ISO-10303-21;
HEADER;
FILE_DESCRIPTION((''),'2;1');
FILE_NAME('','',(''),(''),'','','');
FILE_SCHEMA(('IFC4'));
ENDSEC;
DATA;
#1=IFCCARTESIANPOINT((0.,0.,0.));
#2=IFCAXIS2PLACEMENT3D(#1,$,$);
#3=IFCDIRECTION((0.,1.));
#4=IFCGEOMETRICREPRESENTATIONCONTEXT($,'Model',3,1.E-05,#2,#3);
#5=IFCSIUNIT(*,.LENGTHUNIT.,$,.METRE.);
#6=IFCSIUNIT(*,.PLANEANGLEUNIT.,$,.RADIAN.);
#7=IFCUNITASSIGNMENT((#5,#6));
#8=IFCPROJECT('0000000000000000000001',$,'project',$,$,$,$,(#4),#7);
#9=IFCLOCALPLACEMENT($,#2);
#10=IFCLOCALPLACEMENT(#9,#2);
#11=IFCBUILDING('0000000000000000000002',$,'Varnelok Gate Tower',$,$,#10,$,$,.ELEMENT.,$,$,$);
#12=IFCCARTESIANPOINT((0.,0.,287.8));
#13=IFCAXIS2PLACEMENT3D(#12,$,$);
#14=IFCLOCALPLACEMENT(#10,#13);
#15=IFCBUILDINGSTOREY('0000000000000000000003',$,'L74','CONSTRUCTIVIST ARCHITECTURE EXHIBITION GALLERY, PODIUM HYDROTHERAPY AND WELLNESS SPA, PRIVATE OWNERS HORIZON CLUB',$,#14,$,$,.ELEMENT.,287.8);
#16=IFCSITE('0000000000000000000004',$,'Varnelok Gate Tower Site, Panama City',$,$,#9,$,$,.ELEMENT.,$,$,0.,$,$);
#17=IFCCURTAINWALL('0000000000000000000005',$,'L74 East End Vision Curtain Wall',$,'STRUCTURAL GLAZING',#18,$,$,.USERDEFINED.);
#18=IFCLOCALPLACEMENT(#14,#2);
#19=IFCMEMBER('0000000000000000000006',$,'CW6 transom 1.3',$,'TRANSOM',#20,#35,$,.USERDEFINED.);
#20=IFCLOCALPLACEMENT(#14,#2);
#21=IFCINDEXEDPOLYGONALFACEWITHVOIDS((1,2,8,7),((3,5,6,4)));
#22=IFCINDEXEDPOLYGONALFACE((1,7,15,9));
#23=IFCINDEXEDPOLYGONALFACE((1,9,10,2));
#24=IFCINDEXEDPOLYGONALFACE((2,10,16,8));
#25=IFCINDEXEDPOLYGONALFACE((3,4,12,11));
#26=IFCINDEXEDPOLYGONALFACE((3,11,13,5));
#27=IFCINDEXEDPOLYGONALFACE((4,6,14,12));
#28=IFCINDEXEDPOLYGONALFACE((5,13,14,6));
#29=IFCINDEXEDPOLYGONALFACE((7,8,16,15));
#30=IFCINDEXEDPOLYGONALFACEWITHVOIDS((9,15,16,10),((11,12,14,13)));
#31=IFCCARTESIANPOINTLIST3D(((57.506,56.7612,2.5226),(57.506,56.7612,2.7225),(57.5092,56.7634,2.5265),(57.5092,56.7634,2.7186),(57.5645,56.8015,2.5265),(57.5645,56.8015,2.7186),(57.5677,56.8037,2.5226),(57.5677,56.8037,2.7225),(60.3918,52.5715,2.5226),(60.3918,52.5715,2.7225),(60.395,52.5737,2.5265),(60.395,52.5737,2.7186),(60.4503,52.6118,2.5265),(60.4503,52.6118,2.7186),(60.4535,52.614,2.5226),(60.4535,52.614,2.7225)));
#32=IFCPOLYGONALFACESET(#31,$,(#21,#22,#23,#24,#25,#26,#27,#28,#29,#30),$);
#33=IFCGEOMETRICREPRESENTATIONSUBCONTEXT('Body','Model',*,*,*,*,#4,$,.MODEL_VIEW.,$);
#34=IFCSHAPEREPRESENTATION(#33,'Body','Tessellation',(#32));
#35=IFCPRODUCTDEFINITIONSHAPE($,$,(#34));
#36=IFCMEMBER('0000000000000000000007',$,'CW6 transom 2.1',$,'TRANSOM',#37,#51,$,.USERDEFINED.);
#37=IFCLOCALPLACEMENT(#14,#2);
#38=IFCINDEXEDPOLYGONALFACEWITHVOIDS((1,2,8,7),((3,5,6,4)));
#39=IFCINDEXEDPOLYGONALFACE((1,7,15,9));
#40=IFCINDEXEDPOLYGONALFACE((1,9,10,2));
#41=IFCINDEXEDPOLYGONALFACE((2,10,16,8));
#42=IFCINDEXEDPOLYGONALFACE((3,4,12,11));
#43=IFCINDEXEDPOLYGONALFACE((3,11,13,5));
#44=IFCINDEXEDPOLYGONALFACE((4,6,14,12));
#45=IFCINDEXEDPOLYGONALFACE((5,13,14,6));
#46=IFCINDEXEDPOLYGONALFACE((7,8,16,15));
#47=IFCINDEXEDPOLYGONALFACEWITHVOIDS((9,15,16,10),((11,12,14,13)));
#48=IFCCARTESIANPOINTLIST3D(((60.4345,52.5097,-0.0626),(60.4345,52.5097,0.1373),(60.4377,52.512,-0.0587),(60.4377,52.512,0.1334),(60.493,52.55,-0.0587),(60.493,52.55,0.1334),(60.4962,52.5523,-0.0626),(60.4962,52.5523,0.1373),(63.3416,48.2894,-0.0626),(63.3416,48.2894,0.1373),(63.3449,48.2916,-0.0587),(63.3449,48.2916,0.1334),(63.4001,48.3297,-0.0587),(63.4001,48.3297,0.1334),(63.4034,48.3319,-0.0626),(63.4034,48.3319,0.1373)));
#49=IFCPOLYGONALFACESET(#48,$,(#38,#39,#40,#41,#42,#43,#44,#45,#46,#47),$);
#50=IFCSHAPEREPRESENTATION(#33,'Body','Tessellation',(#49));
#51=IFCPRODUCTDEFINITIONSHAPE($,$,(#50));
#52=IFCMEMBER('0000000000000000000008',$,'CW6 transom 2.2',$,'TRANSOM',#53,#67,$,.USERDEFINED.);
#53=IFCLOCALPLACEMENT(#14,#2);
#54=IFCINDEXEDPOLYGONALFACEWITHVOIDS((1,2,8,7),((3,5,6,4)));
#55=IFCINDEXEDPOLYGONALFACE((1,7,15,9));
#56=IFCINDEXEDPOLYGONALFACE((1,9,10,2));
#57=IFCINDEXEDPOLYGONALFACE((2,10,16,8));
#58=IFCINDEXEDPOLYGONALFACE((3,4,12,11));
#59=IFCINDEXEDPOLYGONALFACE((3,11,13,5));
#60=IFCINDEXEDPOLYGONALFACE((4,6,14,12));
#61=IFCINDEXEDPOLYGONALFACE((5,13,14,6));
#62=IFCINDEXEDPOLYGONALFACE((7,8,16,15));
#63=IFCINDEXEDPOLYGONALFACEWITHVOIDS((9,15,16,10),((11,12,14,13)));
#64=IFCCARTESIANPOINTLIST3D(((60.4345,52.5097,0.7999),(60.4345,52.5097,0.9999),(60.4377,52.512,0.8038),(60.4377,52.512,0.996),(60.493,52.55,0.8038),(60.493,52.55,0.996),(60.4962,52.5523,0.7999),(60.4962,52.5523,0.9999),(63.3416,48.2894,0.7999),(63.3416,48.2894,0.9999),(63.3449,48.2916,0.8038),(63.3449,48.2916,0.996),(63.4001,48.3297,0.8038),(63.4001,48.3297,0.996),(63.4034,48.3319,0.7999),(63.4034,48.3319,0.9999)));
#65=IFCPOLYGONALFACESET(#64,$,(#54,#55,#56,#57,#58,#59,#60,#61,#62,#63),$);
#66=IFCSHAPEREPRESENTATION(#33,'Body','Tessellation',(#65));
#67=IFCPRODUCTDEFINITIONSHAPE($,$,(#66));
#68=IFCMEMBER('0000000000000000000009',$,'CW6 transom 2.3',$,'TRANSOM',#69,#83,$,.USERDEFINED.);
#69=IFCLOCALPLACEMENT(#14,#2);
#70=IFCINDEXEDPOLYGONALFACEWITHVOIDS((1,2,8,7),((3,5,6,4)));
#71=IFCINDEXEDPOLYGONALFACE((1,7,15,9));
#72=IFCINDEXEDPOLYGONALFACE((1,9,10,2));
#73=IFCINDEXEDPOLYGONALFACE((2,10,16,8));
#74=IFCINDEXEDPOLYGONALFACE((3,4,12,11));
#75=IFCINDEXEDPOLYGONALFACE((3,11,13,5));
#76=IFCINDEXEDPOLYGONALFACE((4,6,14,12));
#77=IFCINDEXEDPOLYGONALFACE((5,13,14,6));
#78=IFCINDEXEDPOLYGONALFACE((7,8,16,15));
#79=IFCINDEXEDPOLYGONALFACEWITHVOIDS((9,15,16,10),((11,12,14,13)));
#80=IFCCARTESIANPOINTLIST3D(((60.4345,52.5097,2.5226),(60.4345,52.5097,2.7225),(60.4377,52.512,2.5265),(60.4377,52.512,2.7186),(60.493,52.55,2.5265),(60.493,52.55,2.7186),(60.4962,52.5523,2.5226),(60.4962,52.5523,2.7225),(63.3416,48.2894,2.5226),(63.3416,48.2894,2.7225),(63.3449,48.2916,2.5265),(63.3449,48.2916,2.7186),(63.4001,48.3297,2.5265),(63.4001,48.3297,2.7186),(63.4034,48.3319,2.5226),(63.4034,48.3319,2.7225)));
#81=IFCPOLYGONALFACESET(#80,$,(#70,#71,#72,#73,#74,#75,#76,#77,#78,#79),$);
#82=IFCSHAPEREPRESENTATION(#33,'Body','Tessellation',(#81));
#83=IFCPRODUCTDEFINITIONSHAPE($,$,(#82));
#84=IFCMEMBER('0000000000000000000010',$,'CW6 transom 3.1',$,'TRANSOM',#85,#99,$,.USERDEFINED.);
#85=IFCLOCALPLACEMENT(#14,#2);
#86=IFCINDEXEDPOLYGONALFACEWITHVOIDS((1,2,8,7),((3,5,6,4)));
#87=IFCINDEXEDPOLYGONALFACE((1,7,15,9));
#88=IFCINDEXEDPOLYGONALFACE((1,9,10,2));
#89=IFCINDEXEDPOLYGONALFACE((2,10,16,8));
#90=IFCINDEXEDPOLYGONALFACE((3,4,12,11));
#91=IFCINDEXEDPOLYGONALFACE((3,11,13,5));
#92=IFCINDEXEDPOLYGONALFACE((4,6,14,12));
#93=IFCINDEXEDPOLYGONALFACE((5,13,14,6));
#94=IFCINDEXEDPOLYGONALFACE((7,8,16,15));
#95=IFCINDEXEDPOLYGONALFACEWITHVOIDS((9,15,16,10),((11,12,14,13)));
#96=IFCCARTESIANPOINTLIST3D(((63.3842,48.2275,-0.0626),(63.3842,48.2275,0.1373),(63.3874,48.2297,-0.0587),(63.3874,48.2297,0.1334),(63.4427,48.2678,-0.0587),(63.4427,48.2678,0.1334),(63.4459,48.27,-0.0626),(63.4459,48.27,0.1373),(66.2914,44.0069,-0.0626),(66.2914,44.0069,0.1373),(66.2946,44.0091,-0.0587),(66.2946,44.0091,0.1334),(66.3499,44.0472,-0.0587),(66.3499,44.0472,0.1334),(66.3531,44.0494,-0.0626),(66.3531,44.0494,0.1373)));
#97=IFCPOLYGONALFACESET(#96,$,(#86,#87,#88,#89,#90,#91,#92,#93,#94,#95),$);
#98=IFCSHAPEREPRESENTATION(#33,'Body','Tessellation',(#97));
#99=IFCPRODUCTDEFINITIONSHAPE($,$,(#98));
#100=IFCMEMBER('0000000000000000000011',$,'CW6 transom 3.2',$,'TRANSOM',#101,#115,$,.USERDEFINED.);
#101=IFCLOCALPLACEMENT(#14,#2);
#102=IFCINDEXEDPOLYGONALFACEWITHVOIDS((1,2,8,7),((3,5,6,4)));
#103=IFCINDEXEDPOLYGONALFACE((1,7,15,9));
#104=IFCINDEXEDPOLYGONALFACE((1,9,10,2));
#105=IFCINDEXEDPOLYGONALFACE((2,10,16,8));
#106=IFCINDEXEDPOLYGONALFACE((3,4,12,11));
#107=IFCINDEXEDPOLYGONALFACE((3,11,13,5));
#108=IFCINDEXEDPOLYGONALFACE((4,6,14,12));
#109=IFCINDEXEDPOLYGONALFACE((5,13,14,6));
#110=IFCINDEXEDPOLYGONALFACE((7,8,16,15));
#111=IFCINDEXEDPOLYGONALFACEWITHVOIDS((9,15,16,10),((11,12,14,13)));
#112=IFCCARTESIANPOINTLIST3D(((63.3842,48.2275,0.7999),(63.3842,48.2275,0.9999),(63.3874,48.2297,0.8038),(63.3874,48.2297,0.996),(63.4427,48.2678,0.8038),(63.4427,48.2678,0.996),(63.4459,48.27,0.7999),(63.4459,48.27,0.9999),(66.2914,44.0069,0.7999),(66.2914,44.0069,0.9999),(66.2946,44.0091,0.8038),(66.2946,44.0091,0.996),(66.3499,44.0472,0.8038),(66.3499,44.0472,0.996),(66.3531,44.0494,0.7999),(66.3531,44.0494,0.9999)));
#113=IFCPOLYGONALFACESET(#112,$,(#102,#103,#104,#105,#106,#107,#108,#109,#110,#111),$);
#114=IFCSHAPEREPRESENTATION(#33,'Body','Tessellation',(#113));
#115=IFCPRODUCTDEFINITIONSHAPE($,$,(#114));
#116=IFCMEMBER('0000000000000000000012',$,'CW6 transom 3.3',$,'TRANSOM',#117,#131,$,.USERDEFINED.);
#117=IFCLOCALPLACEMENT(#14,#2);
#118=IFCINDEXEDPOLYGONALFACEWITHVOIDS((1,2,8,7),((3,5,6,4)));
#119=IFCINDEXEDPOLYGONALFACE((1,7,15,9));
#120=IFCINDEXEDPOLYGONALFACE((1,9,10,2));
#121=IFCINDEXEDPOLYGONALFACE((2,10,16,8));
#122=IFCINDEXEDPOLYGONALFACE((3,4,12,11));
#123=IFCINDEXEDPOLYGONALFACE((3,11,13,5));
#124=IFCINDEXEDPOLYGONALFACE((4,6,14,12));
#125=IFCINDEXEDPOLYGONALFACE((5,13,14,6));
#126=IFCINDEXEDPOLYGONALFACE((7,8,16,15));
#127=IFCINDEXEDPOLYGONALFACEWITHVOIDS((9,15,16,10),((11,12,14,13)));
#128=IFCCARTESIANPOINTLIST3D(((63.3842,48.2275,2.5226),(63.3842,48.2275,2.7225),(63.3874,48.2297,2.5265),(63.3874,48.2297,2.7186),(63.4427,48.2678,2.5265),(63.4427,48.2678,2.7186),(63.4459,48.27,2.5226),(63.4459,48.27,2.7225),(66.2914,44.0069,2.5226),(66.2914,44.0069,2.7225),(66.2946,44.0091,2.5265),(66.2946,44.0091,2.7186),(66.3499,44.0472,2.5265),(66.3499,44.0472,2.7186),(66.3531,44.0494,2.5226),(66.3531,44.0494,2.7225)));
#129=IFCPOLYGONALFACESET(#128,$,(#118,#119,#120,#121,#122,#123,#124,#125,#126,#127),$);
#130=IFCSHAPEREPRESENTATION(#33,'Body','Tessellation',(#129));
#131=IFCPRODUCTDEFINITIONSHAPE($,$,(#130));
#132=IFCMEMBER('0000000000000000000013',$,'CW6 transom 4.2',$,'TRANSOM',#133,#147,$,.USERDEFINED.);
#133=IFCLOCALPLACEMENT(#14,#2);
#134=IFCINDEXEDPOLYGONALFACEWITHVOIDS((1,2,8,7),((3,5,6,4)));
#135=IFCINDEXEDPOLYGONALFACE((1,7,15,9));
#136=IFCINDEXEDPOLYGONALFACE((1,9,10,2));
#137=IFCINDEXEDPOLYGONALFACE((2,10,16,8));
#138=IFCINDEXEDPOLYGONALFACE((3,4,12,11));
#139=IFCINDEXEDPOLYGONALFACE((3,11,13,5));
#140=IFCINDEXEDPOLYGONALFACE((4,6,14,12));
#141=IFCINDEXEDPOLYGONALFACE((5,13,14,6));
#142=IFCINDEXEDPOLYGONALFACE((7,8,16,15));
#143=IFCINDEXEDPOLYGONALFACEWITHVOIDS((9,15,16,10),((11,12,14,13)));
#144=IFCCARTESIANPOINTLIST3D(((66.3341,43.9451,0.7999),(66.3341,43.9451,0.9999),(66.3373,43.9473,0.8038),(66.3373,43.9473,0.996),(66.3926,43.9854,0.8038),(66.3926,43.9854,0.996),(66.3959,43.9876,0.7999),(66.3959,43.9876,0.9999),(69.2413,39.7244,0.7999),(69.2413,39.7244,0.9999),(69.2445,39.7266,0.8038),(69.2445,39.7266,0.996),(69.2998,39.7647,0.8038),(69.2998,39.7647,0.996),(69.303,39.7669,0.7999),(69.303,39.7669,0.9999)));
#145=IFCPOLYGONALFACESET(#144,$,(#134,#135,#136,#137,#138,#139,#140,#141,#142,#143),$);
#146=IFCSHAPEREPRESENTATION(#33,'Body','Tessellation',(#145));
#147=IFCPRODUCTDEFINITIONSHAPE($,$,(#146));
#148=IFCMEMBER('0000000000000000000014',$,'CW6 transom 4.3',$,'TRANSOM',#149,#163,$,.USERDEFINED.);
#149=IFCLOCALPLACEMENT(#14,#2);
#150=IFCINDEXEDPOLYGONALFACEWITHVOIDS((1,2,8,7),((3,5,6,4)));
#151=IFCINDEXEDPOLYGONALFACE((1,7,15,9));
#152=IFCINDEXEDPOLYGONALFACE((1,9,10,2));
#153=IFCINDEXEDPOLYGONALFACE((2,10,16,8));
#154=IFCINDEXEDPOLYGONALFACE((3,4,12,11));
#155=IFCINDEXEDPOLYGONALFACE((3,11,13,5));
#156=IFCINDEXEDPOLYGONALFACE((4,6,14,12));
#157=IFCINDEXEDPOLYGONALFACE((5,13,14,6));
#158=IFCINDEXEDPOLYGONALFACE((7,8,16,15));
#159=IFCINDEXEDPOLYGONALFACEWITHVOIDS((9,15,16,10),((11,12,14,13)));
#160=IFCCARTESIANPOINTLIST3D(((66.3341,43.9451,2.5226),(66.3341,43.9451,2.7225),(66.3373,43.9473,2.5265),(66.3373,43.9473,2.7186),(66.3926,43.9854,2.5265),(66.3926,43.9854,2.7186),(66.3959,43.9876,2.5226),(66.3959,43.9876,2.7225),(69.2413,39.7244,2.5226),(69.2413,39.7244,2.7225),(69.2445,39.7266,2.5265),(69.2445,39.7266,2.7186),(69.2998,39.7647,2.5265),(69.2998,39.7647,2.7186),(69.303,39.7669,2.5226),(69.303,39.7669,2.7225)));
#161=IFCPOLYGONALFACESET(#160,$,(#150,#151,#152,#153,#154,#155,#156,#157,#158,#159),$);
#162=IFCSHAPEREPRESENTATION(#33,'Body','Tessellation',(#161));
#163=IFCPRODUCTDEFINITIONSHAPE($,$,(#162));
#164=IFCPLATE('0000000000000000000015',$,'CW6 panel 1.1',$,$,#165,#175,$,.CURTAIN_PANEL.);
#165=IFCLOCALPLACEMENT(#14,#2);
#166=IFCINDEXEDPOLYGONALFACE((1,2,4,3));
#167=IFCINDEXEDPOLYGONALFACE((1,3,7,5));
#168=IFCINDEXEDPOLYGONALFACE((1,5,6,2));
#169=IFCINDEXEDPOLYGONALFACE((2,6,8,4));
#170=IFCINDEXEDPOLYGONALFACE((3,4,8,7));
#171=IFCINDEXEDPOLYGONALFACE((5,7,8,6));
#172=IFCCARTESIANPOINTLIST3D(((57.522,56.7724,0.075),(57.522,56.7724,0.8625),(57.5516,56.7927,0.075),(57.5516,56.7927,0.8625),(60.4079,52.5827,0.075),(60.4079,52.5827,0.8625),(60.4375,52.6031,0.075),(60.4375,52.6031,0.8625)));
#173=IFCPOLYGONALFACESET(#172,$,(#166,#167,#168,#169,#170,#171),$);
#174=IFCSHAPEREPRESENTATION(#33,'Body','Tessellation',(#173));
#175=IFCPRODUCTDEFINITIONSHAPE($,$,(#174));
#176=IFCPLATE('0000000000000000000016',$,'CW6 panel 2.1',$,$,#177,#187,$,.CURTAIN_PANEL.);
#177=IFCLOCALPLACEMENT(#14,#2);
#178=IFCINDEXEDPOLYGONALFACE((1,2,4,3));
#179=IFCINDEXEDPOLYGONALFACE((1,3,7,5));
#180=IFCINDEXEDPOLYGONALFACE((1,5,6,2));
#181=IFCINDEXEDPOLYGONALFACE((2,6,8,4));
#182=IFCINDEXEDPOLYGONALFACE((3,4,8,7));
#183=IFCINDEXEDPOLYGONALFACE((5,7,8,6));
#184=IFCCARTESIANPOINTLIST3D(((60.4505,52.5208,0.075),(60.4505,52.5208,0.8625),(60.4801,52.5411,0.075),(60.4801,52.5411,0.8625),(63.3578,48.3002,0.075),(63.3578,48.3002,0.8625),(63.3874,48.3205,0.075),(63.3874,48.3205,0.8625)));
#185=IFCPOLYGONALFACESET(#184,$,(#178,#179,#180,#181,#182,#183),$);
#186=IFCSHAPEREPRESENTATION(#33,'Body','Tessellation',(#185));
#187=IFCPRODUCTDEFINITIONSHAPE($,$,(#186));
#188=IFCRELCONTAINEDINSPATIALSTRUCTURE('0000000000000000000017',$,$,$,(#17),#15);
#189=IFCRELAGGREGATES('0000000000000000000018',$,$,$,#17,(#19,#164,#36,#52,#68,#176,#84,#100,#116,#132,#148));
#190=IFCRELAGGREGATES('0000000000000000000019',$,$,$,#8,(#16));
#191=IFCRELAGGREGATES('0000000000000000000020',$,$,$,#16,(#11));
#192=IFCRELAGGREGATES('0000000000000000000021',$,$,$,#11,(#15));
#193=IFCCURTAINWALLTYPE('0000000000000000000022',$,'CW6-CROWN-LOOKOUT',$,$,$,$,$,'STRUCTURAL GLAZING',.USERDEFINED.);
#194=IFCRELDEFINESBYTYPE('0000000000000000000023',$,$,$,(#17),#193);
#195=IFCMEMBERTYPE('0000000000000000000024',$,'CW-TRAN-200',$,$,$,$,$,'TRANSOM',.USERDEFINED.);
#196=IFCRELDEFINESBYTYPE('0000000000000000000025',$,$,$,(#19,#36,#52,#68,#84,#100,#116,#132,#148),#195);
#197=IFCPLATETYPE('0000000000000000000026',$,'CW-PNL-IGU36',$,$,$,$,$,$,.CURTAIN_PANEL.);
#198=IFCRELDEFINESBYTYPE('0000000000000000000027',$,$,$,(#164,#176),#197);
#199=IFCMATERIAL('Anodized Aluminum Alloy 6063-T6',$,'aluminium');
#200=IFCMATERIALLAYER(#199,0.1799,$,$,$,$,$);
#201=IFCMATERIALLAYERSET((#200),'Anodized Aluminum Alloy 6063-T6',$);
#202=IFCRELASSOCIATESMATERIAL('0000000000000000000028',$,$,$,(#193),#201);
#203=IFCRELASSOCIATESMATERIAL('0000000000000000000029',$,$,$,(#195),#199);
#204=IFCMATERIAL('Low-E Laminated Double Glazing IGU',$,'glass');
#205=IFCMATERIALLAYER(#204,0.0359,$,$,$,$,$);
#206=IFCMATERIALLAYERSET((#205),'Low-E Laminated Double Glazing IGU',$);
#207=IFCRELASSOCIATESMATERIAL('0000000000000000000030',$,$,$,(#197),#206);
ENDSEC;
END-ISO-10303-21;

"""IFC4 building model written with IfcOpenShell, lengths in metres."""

from ifc_helpers import new_model, si_unit, direction, frame, origin, origin_2d, place, context, subcontext, project, spatial, rectangle, hollow_rectangle, extrude, source, transform, mapped, material, layer, layer_set, material_profile, profile_set, type_object, element, aggregate, save


model = new_model("IFC4")

# Units and contexts
model_context = context("Model", 3, precision=1e-05, world=origin(), true_north=direction((0.0, 1.0)))
body_context = subcontext(model_context, "Body", "Model", "MODEL_VIEW")
ifc_project = project(units=[si_unit("LENGTHUNIT", "METRE"), si_unit("PLANEANGLEUNIT", "RADIAN")], contexts=[model_context])

# Site, building, storey
site_placement = place(None, origin())
site = spatial("IfcSite", under=ifc_project, at=site_placement, Name="Varnelok Gate Tower Site, Panama City", CompositionType="ELEMENT", RefElevation=0.0)
building_placement = place(site_placement, origin())
building = spatial("IfcBuilding", under=site, at=building_placement, Name="Varnelok Gate Tower", CompositionType="ELEMENT")
storey_placement = place(building_placement, frame((0.0, 0.0, 287.8)))
storey = spatial("IfcBuildingStorey", under=building, at=storey_placement, Name="L74", Description="CONSTRUCTIVIST ARCHITECTURE EXHIBITION GALLERY, PODIUM HYDROTHERAPY AND WELLNESS SPA, PRIVATE OWNERS HORIZON CLUB", CompositionType="ELEMENT", Elevation=287.8)

# Curtain wall, members, plates
ifc_material_1 = material(Name="Anodized Aluminum Alloy 6063-T6", Category="aluminium")
ifc_layer_1 = layer(ifc_material_1, 0.1799)
ifc_layer_set_1 = layer_set([ifc_layer_1], Name="Anodized Aluminum Alloy 6063-T6")
curtain_wall_type = type_object("IfcCurtainWallType", Name="CW6-CROWN-LOOKOUT", ElementType="STRUCTURAL GLAZING", PredefinedType="USERDEFINED", material=ifc_layer_set_1)
curtain_wall_placement = place(storey_placement, origin())
curtain_wall = element("IfcCurtainWall", 1, at=curtain_wall_placement, inside=storey, type_object=curtain_wall_type, Name="L74 East End Vision Curtain Wall", ObjectType="STRUCTURAL GLAZING", PredefinedType="USERDEFINED")
ifc_material_profile_1 = material_profile(ifc_material_1, hollow_rectangle(XDim=0.075, YDim=0.2, WallThickness=0.0039, at=origin_2d()), Name="ALU200X75X4")
ifc_profile_set_1 = profile_set([ifc_material_profile_1], Name="Anodized Aluminum Alloy 6063-T6")
member_type_1 = type_object("IfcMemberType", Name="CW-TRAN-200", ElementType="TRANSOM", PredefinedType="USERDEFINED", material=ifc_profile_set_1)
member_1_placement = place(storey_placement, frame((57.5369, 56.7825, 2.6226), z_axis=(0.567239, -0.823553, 0.0), x_axis=(0.823553, 0.567239, 0.0)))
member_1 = element("IfcMember", 2, at=member_1_placement, type_object=member_type_1, Name="CW6 transom 1.3", ObjectType="TRANSOM", PredefinedType="USERDEFINED", context=body_context, shape_type="SweptSolid", body=[
    extrude(hollow_rectangle(XDim=0.075, YDim=0.2, WallThickness=0.0039, at=origin_2d()), origin(), (0.0, 0.0, 1.0), 5.0874),
])
member_2_placement = place(storey_placement, frame((60.4653, 52.531, 0.0374), z_axis=(0.567279, -0.823526, 0.0), x_axis=(0.823526, 0.567279, 0.0)))
member_2 = element("IfcMember", 3, at=member_2_placement, type_object=member_type_1, Name="CW6 transom 2.1", ObjectType="TRANSOM", PredefinedType="USERDEFINED", context=body_context, shape_type="SweptSolid", body=[
    extrude(hollow_rectangle(XDim=0.075, YDim=0.2, WallThickness=0.0039, at=origin_2d()), origin(), (0.0, 0.0, 1.0), 5.1248),
])
member_3_placement = place(storey_placement, frame((60.4653, 52.531, 0.8999), z_axis=(0.567279, -0.823526, 0.0), x_axis=(0.823526, 0.567279, 0.0)))
member_3 = element("IfcMember", 4, at=member_3_placement, type_object=member_type_1, Name="CW6 transom 2.2", ObjectType="TRANSOM", PredefinedType="USERDEFINED", context=body_context, shape_type="SweptSolid", body=[
    extrude(hollow_rectangle(XDim=0.075, YDim=0.2, WallThickness=0.0039, at=origin_2d()), origin(), (0.0, 0.0, 1.0), 5.1248),
])
member_4_placement = place(storey_placement, frame((60.4653, 52.531, 2.6226), z_axis=(0.567279, -0.823526, 0.0), x_axis=(0.823526, 0.567279, 0.0)))
member_4 = element("IfcMember", 5, at=member_4_placement, type_object=member_type_1, Name="CW6 transom 2.3", ObjectType="TRANSOM", PredefinedType="USERDEFINED", context=body_context, shape_type="SweptSolid", body=[
    extrude(hollow_rectangle(XDim=0.075, YDim=0.2, WallThickness=0.0039, at=origin_2d()), origin(), (0.0, 0.0, 1.0), 5.1248),
])
member_5_placement = place(storey_placement, frame((63.415, 48.2488, 0.0374), z_axis=(0.567256, -0.823541, 0.0), x_axis=(0.823541, 0.567256, 0.0)))
member_5 = element("IfcMember", 6, at=member_5_placement, type_object=member_type_1, Name="CW6 transom 3.1", ObjectType="TRANSOM", PredefinedType="USERDEFINED", context=body_context, shape_type="SweptSolid", body=[
    extrude(hollow_rectangle(XDim=0.075, YDim=0.2, WallThickness=0.0039, at=origin_2d()), origin(), (0.0, 0.0, 1.0), 5.125),
])
member_6_placement = place(storey_placement, frame((63.415, 48.2488, 0.8999), z_axis=(0.567256, -0.823541, 0.0), x_axis=(0.823541, 0.567256, 0.0)))
member_6 = element("IfcMember", 7, at=member_6_placement, type_object=member_type_1, Name="CW6 transom 3.2", ObjectType="TRANSOM", PredefinedType="USERDEFINED", context=body_context, shape_type="SweptSolid", body=[
    extrude(hollow_rectangle(XDim=0.075, YDim=0.2, WallThickness=0.0039, at=origin_2d()), origin(), (0.0, 0.0, 1.0), 5.125),
])
member_7_placement = place(storey_placement, frame((63.415, 48.2488, 2.6226), z_axis=(0.567256, -0.823541, 0.0), x_axis=(0.823541, 0.567256, 0.0)))
member_7 = element("IfcMember", 8, at=member_7_placement, type_object=member_type_1, Name="CW6 transom 3.3", ObjectType="TRANSOM", PredefinedType="USERDEFINED", context=body_context, shape_type="SweptSolid", body=[
    extrude(hollow_rectangle(XDim=0.075, YDim=0.2, WallThickness=0.0039, at=origin_2d()), origin(), (0.0, 0.0, 1.0), 5.125),
])
member_8_placement = place(storey_placement, frame((66.365, 43.9663, 0.8999), z_axis=(0.567256, -0.823541, 0.0), x_axis=(0.823541, 0.567256, 0.0)))
member_8 = element("IfcMember", 9, at=member_8_placement, type_object=member_type_1, Name="CW6 transom 4.2", ObjectType="TRANSOM", PredefinedType="USERDEFINED", context=body_context, shape_type="SweptSolid", body=[
    extrude(hollow_rectangle(XDim=0.075, YDim=0.2, WallThickness=0.0039, at=origin_2d()), origin(), (0.0, 0.0, 1.0), 5.125),
])
member_9_placement = place(storey_placement, frame((66.365, 43.9663, 2.6226), z_axis=(0.567256, -0.823541, 0.0), x_axis=(0.823541, 0.567256, 0.0)))
member_9 = element("IfcMember", 10, at=member_9_placement, type_object=member_type_1, Name="CW6 transom 4.3", ObjectType="TRANSOM", PredefinedType="USERDEFINED", context=body_context, shape_type="SweptSolid", body=[
    extrude(hollow_rectangle(XDim=0.075, YDim=0.2, WallThickness=0.0039, at=origin_2d()), origin(), (0.0, 0.0, 1.0), 5.125),
])
ifc_material_2 = material(Name="Low-E Laminated Double Glazing IGU", Category="glass")
ifc_layer_2 = layer(ifc_material_2, 0.0359)
ifc_layer_set_2 = layer_set([ifc_layer_2], Name="Low-E Laminated Double Glazing IGU")
plate_type = type_object("IfcPlateType", Name="CW-PNL-IGU36", PredefinedType="CURTAIN_PANEL", material=ifc_layer_set_2)
shared_shape_1 = source(origin(), body_context, "Body", "SweptSolid", [
    extrude(rectangle(XDim=5.0874, YDim=0.0359, at=origin_2d()), origin(), (0.0, 0.0, 1.0), 0.7876),
])
plate_1_placement = place(storey_placement, frame((58.9797, 54.6877, 0.075), z_axis=(0.0, 0.0, 1.0), x_axis=(0.567269, -0.823532, 0.0)))
plate_1 = element("IfcPlate", 11, at=plate_1_placement, type_object=plate_type, Name="CW6 panel 1.1", PredefinedType="CURTAIN_PANEL", context=body_context, shape_type="MappedRepresentation", body=[
    mapped(shared_shape_1, transform((0.0, 0.0, 0.0), scale=1.0)),
])
shared_shape_2 = source(origin(), body_context, "Body", "SweptSolid", [
    extrude(rectangle(XDim=5.125, YDim=0.0359, at=origin_2d()), origin(), (0.0, 0.0, 1.0), 0.7876),
])
plate_2_placement = place(storey_placement, frame((61.9189, 50.4207, 0.075), z_axis=(0.0, 0.0, 1.0), x_axis=(0.567269, -0.823532, 0.0)))
plate_2 = element("IfcPlate", 12, at=plate_2_placement, type_object=plate_type, Name="CW6 panel 2.1", PredefinedType="CURTAIN_PANEL", context=body_context, shape_type="MappedRepresentation", body=[
    mapped(shared_shape_2, transform((0.0, 0.0, 0.0), scale=1.0)),
])
aggregate(curtain_wall, [member_1, plate_1, member_2, member_3, member_4, plate_2, member_5, member_6, member_7, member_8, member_9])

save(model, "model.ifc")
